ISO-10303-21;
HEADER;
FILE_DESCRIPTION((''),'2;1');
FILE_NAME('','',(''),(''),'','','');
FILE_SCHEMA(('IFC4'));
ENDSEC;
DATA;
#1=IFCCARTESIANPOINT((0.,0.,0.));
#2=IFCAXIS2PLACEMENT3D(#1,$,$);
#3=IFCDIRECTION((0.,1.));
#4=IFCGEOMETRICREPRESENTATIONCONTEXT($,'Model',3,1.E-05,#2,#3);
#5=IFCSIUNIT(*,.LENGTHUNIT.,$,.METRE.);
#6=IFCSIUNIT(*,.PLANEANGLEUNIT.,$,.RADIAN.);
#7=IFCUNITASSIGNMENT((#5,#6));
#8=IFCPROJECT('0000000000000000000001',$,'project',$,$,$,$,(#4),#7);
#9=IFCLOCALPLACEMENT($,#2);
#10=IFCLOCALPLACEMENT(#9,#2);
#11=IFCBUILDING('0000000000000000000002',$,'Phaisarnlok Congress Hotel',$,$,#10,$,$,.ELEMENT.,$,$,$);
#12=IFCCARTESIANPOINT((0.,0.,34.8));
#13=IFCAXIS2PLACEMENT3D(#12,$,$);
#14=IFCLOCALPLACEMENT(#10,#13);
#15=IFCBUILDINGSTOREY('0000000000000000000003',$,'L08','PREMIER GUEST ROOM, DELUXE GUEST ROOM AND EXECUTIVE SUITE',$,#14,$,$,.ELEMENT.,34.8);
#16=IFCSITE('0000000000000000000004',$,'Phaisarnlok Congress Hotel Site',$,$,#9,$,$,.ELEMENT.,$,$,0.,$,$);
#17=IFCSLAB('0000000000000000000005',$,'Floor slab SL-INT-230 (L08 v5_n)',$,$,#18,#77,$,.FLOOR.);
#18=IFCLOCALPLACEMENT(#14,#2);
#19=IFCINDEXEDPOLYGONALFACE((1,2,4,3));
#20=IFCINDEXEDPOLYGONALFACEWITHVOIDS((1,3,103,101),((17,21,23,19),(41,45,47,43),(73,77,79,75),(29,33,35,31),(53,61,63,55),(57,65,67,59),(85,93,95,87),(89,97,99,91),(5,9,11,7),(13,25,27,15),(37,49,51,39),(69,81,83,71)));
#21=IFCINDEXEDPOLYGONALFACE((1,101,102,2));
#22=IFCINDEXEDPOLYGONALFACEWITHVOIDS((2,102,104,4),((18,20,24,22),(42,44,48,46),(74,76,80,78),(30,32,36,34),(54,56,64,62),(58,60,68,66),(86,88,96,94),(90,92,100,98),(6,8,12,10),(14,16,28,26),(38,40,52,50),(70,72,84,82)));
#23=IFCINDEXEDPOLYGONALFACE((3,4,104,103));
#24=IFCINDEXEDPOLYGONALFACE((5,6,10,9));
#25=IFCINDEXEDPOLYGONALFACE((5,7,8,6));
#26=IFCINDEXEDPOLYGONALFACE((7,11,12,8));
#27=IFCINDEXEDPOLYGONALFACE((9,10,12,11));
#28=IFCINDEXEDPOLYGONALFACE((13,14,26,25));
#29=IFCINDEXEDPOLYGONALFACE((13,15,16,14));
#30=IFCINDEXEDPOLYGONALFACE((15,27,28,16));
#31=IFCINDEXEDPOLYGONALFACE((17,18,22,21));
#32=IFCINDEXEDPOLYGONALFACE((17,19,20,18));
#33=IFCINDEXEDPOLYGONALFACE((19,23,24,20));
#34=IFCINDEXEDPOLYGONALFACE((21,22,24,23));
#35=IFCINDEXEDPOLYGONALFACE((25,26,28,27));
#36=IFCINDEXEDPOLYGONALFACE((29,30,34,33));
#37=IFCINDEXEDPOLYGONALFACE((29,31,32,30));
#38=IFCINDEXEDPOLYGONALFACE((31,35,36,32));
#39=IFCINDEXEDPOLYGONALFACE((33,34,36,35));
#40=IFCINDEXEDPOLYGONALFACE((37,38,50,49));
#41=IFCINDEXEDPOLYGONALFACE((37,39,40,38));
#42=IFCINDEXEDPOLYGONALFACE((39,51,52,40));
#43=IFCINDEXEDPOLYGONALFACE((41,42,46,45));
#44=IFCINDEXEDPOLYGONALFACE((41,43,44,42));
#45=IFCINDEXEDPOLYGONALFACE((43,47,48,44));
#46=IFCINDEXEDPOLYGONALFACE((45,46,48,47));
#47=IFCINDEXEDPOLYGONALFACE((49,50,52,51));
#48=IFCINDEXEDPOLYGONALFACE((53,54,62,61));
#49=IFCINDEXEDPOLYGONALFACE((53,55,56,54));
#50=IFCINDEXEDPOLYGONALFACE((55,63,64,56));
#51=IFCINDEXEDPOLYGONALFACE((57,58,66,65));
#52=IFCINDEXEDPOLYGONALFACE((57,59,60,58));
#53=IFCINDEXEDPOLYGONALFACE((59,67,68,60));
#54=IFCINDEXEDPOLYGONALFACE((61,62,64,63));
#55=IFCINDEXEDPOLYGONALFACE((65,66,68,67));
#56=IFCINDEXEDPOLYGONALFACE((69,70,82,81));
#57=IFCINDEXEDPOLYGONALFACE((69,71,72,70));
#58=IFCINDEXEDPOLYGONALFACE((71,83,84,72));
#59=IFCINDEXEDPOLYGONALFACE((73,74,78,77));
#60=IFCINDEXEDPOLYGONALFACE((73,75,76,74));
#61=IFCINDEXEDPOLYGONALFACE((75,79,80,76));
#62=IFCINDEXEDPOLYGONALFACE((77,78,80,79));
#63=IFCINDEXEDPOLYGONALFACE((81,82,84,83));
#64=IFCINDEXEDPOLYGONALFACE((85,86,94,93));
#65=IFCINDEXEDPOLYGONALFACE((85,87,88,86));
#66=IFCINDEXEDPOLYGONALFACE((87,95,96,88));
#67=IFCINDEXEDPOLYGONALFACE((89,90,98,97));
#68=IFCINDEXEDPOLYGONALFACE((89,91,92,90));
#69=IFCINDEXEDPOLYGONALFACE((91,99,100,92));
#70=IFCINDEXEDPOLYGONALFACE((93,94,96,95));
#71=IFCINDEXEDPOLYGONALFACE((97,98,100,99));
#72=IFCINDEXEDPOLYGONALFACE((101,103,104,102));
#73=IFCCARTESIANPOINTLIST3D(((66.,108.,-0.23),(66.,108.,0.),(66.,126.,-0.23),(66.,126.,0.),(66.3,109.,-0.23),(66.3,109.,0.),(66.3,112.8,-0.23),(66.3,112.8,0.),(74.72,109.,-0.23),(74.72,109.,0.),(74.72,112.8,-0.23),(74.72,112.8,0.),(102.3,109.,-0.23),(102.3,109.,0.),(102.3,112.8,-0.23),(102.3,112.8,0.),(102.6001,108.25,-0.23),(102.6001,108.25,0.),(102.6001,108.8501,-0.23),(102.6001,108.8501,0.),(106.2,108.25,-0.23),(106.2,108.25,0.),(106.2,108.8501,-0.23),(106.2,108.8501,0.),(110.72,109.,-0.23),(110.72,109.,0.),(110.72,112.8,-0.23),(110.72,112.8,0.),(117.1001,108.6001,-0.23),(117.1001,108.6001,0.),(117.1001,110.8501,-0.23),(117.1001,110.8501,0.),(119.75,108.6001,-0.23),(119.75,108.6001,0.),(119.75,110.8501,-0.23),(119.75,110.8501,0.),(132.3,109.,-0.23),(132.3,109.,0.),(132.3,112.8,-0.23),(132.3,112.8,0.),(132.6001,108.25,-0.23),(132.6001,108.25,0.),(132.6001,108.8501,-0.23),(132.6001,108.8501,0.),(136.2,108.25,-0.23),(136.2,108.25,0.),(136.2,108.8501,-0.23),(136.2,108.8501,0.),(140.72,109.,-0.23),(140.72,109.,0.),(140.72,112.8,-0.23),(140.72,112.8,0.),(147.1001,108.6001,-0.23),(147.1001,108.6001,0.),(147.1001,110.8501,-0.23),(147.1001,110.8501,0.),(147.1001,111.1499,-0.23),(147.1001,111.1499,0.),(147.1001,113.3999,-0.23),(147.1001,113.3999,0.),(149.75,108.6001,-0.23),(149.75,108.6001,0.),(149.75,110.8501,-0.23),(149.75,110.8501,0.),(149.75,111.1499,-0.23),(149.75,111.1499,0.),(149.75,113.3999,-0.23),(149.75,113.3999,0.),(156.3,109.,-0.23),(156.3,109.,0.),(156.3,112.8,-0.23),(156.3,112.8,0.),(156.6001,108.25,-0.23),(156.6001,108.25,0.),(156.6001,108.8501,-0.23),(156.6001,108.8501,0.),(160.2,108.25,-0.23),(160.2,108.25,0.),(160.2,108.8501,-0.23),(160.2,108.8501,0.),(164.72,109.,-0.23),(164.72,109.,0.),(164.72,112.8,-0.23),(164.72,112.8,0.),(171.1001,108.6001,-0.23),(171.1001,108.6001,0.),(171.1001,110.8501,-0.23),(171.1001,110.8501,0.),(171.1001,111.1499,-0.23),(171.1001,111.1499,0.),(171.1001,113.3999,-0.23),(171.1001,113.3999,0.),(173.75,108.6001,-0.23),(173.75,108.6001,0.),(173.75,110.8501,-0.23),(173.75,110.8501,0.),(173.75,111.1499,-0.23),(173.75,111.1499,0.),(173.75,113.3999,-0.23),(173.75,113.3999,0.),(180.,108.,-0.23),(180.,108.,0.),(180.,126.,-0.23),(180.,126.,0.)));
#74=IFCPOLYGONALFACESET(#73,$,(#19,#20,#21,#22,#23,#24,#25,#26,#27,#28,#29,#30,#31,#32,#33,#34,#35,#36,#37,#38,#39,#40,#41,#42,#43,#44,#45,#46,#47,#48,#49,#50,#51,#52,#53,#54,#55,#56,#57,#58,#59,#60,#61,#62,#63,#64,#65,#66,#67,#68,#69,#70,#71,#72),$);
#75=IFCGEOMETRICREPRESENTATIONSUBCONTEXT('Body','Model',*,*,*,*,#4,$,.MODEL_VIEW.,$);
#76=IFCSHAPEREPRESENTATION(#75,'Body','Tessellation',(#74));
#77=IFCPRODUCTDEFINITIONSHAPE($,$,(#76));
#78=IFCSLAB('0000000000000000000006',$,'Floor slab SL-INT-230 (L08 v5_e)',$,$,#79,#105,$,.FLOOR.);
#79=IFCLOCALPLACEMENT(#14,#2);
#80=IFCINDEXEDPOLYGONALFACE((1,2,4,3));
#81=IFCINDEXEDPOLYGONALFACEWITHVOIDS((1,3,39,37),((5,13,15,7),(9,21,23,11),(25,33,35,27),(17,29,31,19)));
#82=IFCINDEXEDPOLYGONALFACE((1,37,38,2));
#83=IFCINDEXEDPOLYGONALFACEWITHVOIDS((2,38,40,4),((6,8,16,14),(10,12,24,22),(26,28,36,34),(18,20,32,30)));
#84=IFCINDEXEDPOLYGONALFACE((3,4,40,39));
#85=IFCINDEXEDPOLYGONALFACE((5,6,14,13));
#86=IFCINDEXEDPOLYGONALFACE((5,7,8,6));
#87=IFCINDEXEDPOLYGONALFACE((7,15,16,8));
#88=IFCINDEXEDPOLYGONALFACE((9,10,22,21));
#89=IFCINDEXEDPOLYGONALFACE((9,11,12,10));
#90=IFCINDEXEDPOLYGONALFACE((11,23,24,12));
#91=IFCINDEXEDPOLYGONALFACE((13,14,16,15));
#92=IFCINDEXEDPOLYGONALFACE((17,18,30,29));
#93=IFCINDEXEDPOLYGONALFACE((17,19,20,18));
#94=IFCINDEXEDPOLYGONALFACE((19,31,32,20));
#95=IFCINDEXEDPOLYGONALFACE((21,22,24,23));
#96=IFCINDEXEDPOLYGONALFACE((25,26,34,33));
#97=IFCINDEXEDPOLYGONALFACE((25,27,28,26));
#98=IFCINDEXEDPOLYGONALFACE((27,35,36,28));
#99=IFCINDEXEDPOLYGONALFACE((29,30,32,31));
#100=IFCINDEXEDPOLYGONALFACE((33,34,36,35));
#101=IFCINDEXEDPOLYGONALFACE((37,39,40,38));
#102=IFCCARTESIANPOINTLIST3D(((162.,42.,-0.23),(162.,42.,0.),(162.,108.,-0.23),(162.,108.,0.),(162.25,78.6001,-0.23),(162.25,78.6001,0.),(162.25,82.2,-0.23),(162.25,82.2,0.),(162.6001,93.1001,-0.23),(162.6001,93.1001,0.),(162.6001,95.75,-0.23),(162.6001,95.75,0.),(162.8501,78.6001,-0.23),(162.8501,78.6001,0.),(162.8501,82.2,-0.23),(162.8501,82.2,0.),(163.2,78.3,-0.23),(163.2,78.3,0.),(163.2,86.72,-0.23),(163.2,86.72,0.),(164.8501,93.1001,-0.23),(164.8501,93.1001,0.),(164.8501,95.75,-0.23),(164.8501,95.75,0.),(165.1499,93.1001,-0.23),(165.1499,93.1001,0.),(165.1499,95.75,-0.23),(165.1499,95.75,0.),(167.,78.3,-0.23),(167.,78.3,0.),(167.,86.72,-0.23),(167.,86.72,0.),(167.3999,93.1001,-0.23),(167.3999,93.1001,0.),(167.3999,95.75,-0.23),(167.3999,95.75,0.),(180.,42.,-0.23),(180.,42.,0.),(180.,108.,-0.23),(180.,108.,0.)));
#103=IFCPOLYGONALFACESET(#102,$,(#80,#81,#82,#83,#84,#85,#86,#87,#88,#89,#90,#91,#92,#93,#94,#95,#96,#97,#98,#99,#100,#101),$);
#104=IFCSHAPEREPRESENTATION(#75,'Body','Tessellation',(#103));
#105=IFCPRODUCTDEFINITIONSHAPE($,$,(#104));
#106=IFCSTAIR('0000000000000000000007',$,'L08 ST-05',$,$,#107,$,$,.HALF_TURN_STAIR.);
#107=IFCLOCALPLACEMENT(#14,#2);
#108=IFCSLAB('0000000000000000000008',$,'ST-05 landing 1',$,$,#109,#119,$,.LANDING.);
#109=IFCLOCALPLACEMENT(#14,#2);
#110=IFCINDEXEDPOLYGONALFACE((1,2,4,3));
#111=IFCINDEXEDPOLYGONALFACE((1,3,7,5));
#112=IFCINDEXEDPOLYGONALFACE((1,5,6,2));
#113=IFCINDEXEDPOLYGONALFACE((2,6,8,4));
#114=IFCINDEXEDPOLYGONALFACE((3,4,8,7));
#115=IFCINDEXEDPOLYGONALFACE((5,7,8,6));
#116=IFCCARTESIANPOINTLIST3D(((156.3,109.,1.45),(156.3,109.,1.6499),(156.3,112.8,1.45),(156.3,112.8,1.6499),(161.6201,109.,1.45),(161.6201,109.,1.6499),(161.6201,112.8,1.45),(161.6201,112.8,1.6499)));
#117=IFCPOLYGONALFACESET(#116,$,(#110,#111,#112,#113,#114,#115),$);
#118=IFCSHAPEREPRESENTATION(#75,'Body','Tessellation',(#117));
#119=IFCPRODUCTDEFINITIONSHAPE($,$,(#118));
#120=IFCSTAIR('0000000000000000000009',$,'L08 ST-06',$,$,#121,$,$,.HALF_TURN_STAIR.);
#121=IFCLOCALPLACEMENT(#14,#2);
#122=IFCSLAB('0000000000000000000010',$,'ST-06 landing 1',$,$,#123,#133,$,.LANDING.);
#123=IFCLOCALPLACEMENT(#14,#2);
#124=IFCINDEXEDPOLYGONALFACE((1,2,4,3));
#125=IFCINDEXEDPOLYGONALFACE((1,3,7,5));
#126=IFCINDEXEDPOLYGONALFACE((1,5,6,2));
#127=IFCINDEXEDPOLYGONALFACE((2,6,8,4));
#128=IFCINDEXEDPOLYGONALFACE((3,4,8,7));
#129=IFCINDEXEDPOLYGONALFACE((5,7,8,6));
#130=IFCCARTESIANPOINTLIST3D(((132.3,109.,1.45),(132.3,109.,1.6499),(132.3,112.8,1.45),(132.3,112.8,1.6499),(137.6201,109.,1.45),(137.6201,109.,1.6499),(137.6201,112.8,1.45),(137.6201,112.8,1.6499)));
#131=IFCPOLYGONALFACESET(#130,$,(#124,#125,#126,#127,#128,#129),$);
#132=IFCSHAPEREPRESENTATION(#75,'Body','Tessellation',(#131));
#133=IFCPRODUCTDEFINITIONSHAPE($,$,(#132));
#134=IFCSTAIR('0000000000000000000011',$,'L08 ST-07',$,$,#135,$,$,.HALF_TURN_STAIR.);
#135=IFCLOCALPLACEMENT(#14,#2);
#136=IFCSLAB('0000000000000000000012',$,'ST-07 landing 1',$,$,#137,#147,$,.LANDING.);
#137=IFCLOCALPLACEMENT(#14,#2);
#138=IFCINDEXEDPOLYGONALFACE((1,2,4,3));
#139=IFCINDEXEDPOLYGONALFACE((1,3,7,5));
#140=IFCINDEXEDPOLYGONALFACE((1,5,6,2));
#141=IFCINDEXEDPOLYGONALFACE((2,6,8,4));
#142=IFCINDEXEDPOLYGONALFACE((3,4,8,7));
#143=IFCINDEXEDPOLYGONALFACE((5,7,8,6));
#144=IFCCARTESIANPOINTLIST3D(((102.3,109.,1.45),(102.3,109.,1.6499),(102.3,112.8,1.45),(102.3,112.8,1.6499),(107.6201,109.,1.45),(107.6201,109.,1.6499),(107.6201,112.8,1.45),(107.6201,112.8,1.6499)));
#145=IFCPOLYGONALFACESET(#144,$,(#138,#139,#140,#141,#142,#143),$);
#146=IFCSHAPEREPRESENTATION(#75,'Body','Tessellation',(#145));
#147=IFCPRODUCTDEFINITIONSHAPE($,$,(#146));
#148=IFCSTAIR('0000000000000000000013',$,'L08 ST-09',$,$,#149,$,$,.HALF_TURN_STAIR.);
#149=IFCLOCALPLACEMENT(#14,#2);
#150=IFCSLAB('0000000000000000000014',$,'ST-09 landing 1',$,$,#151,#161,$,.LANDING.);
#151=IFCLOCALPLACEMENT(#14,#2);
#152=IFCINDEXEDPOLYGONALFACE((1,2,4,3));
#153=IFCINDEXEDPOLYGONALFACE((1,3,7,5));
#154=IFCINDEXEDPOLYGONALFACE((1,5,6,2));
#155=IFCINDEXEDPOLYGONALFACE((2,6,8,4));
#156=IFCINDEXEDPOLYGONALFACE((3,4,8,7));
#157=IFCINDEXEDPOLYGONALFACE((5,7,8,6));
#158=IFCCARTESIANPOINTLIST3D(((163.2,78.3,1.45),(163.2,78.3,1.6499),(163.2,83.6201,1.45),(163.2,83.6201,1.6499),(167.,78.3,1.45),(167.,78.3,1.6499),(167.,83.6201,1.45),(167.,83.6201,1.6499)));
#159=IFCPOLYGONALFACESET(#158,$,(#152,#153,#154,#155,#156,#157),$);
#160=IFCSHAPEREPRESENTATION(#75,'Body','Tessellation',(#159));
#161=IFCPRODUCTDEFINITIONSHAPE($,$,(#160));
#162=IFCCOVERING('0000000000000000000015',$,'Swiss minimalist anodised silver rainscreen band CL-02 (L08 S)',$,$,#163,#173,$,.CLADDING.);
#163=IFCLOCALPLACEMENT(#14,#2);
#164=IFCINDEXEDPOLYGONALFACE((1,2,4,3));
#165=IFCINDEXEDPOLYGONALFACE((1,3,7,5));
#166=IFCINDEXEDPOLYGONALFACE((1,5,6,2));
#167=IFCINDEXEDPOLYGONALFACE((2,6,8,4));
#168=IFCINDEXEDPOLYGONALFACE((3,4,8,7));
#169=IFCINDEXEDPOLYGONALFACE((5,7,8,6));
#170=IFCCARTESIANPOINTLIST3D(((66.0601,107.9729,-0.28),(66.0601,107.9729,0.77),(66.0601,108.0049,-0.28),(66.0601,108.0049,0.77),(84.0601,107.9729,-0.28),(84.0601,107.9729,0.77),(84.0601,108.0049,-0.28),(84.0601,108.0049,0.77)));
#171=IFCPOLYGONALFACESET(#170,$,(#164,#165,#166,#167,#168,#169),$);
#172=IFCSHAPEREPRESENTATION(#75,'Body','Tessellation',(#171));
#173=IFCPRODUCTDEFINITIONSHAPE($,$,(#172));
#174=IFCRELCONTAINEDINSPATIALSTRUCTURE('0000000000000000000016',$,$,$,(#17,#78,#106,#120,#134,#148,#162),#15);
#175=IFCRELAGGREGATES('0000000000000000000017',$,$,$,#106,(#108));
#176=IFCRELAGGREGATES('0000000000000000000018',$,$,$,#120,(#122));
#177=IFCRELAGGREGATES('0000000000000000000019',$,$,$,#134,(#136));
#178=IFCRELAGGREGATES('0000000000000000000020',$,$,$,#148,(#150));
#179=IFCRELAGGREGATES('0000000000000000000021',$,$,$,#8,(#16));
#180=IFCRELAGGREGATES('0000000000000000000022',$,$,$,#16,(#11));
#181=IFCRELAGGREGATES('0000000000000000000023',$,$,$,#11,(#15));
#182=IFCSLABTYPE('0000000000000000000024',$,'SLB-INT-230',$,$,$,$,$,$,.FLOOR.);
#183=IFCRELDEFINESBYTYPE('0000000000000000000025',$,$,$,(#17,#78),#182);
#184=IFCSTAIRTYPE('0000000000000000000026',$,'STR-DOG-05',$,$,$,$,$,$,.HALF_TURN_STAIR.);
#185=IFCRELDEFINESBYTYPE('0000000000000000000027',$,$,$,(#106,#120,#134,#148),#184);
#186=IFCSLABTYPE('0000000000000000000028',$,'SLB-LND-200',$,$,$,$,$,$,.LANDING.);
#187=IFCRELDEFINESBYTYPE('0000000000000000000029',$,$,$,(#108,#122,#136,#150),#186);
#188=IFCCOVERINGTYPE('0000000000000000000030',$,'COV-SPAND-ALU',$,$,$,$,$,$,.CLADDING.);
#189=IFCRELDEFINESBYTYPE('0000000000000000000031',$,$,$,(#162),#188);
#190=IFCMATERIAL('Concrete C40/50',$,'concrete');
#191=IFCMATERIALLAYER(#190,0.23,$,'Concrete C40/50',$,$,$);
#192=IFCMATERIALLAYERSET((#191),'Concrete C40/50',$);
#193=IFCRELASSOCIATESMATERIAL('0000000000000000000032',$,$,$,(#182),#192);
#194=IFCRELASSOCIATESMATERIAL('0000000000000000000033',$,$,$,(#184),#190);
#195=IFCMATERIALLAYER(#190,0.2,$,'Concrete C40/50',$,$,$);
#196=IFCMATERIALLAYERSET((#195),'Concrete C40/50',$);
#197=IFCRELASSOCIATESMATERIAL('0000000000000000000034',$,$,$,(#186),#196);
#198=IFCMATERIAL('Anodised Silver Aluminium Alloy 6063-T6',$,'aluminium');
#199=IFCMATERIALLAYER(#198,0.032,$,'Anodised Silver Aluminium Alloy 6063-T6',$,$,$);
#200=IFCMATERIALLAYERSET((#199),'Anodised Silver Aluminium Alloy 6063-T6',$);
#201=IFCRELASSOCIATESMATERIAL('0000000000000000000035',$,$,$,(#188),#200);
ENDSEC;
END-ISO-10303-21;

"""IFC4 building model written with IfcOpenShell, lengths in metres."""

from ifc_helpers import new_model, si_unit, direction, frame, origin, place, context, subcontext, project, spatial, polyline, outline, extrude, material, layer, layer_set, type_object, element, aggregate, save


model = new_model("IFC4")

# Units and contexts
model_context = context("Model", 3, precision=1e-05, world=origin(), true_north=direction((0.0, 1.0)))
body_context = subcontext(model_context, "Body", "Model", "MODEL_VIEW")
ifc_project = project(units=[si_unit("LENGTHUNIT", "METRE"), si_unit("PLANEANGLEUNIT", "RADIAN")], contexts=[model_context])

# Site, building, storey
site_placement = place(None, origin())
site = spatial("IfcSite", under=ifc_project, at=site_placement, Name="Phaisarnlok Congress Hotel Site", CompositionType="ELEMENT", RefElevation=0.0)
building_placement = place(site_placement, origin())
building = spatial("IfcBuilding", under=site, at=building_placement, Name="Phaisarnlok Congress Hotel", CompositionType="ELEMENT")
storey_placement = place(building_placement, frame((0.0, 0.0, 34.8)))
storey = spatial("IfcBuildingStorey", under=building, at=storey_placement, Name="L08", Description="PREMIER GUEST ROOM, DELUXE GUEST ROOM AND EXECUTIVE SUITE", CompositionType="ELEMENT", Elevation=34.8)

# Shared definitions
ifc_material_1 = material(Name="Concrete C40/50", Category="concrete")

# Slabs
ifc_layer_1 = layer(ifc_material_1, 0.23, Name="Concrete C40/50")
ifc_layer_set_1 = layer_set([ifc_layer_1], Name="Concrete C40/50")
slab_type_1 = type_object("IfcSlabType", Name="SLB-INT-230", PredefinedType="FLOOR", material=ifc_layer_set_1)
slab_1_placement = place(storey_placement, frame((0.0, 0.0, -0.23)))
element("IfcSlab", 1, at=slab_1_placement, inside=storey, type_object=slab_type_1, Name="Floor slab SL-INT-230 (L08 v5_n)", PredefinedType="FLOOR", context=body_context, shape_type="SweptSolid", body=[
    extrude(outline(polyline([(180.0, 108.0), (180.0, 126.0), (66.0, 126.0), (66.0, 108.0), (180.0, 108.0)]), holes=[polyline([(164.72, 112.8), (156.3, 112.8), (156.3, 109.0), (164.72, 109.0), (164.72, 112.8)]), polyline([(140.72, 112.8), (132.3, 112.8), (132.3, 109.0), (140.72, 109.0), (140.72, 112.8)]), polyline([(110.72, 112.8), (102.3, 112.8), (102.3, 109.0), (110.72, 109.0), (110.72, 112.8)]), polyline([(74.72, 112.8), (66.3, 112.8), (66.3, 109.0), (74.72, 109.0), (74.72, 112.8)]), polyline([(173.75, 108.6001), (173.75, 110.8501), (171.1001, 110.8501), (171.1001, 108.6001), (173.75, 108.6001)]), polyline([(173.75, 111.1499), (173.75, 113.3999), (171.1001, 113.3999), (171.1001, 111.1499), (173.75, 111.1499)]), polyline([(160.2, 108.25), (160.2, 108.8501), (156.6001, 108.8501), (156.6001, 108.25), (160.2, 108.25)]), polyline([(149.75, 108.6001), (149.75, 110.8501), (147.1001, 110.8501), (147.1001, 108.6001), (149.75, 108.6001)]), polyline([(149.75, 111.1499), (149.75, 113.3999), (147.1001, 113.3999), (147.1001, 111.1499), (149.75, 111.1499)]), polyline([(136.2, 108.25), (136.2, 108.8501), (132.6001, 108.8501), (132.6001, 108.25), (136.2, 108.25)]), polyline([(119.75, 108.6001), (119.75, 110.8501), (117.1001, 110.8501), (117.1001, 108.6001), (119.75, 108.6001)]), polyline([(106.2, 108.25), (106.2, 108.8501), (102.6001, 108.8501), (102.6001, 108.25), (106.2, 108.25)])]), origin(), (0.0, 0.0, 1.0), 0.23),
])
slab_2_placement = place(storey_placement, frame((0.0, 0.0, -0.23)))
element("IfcSlab", 2, at=slab_2_placement, inside=storey, type_object=slab_type_1, Name="Floor slab SL-INT-230 (L08 v5_e)", PredefinedType="FLOOR", context=body_context, shape_type="SweptSolid", body=[
    extrude(outline(polyline([(180.0, 42.0), (180.0, 108.0), (162.0, 108.0), (162.0, 42.0), (180.0, 42.0)]), holes=[polyline([(163.2, 86.72), (163.2, 78.3), (167.0, 78.3), (167.0, 86.72), (163.2, 86.72)]), polyline([(164.8501, 93.1001), (164.8501, 95.75), (162.6001, 95.75), (162.6001, 93.1001), (164.8501, 93.1001)]), polyline([(167.3999, 93.1001), (167.3999, 95.75), (165.1499, 95.75), (165.1499, 93.1001), (167.3999, 93.1001)]), polyline([(162.8501, 78.6001), (162.8501, 82.2), (162.25, 82.2), (162.25, 78.6001), (162.8501, 78.6001)])]), origin(), (0.0, 0.0, 1.0), 0.23),
])

# Stairs, slabs
stair_type = type_object("IfcStairType", Name="STR-DOG-05", PredefinedType="HALF_TURN_STAIR", material=ifc_material_1)
stair_1_placement = place(storey_placement, origin())
stair_1 = element("IfcStair", 3, at=stair_1_placement, inside=storey, type_object=stair_type, Name="L08 ST-05", PredefinedType="HALF_TURN_STAIR")
ifc_layer_2 = layer(ifc_material_1, 0.2, Name="Concrete C40/50")
ifc_layer_set_2 = layer_set([ifc_layer_2], Name="Concrete C40/50")
slab_type_2 = type_object("IfcSlabType", Name="SLB-LND-200", PredefinedType="LANDING", material=ifc_layer_set_2)
slab_3_placement = place(storey_placement, frame((0.0, 0.0, 1.45)))
slab_3 = element("IfcSlab", 4, at=slab_3_placement, type_object=slab_type_2, Name="ST-05 landing 1", PredefinedType="LANDING", context=body_context, shape_type="SweptSolid", body=[
    extrude(outline(polyline([(161.6201, 112.8), (156.3, 112.8), (156.3, 109.0), (161.6201, 109.0), (161.6201, 112.8)])), origin(), (0.0, 0.0, 1.0), 0.2),
])
aggregate(stair_1, [slab_3])
stair_2_placement = place(storey_placement, origin())
stair_2 = element("IfcStair", 5, at=stair_2_placement, inside=storey, type_object=stair_type, Name="L08 ST-06", PredefinedType="HALF_TURN_STAIR")
slab_4_placement = place(storey_placement, frame((0.0, 0.0, 1.45)))
slab_4 = element("IfcSlab", 6, at=slab_4_placement, type_object=slab_type_2, Name="ST-06 landing 1", PredefinedType="LANDING", context=body_context, shape_type="SweptSolid", body=[
    extrude(outline(polyline([(137.6201, 112.8), (132.3, 112.8), (132.3, 109.0), (137.6201, 109.0), (137.6201, 112.8)])), origin(), (0.0, 0.0, 1.0), 0.2),
])
aggregate(stair_2, [slab_4])
stair_3_placement = place(storey_placement, origin())
stair_3 = element("IfcStair", 7, at=stair_3_placement, inside=storey, type_object=stair_type, Name="L08 ST-07", PredefinedType="HALF_TURN_STAIR")
slab_5_placement = place(storey_placement, frame((0.0, 0.0, 1.45)))
slab_5 = element("IfcSlab", 8, at=slab_5_placement, type_object=slab_type_2, Name="ST-07 landing 1", PredefinedType="LANDING", context=body_context, shape_type="SweptSolid", body=[
    extrude(outline(polyline([(107.6201, 112.8), (102.3, 112.8), (102.3, 109.0), (107.6201, 109.0), (107.6201, 112.8)])), origin(), (0.0, 0.0, 1.0), 0.2),
])
aggregate(stair_3, [slab_5])
stair_4_placement = place(storey_placement, origin())
stair_4 = element("IfcStair", 9, at=stair_4_placement, inside=storey, type_object=stair_type, Name="L08 ST-09", PredefinedType="HALF_TURN_STAIR")
slab_6_placement = place(storey_placement, frame((0.0, 0.0, 1.45)))
slab_6 = element("IfcSlab", 10, at=slab_6_placement, type_object=slab_type_2, Name="ST-09 landing 1", PredefinedType="LANDING", context=body_context, shape_type="SweptSolid", body=[
    extrude(outline(polyline([(163.2, 83.6201), (163.2, 78.3), (167.0, 78.3), (167.0, 83.6201), (163.2, 83.6201)])), origin(), (0.0, 0.0, 1.0), 0.2),
])
aggregate(stair_4, [slab_6])

# Covering
ifc_material_2 = material(Name="Anodised Silver Aluminium Alloy 6063-T6", Category="aluminium")
ifc_layer_3 = layer(ifc_material_2, 0.032, Name="Anodised Silver Aluminium Alloy 6063-T6")
ifc_layer_set_3 = layer_set([ifc_layer_3], Name="Anodised Silver Aluminium Alloy 6063-T6")
covering_type = type_object("IfcCoveringType", Name="COV-SPAND-ALU", PredefinedType="CLADDING", material=ifc_layer_set_3)
covering_placement = place(storey_placement, frame((66.0601, 108.0049, -0.28), z_axis=(0.0, -1.0, 0.0), x_axis=(1.0, 0.0, 0.0)))
element("IfcCovering", 11, at=covering_placement, inside=storey, type_object=covering_type, Name="Swiss minimalist anodised silver rainscreen band CL-02 (L08 S)", PredefinedType="CLADDING", context=body_context, shape_type="SweptSolid", body=[
    extrude(outline(polyline([(0.0, 0.0), (18.0, 0.0), (18.0, 1.05), (0.0, 1.05), (0.0, 0.0)])), origin(), (0.0, 0.0, 1.0), 0.032),
])

save(model, "model.ifc")
